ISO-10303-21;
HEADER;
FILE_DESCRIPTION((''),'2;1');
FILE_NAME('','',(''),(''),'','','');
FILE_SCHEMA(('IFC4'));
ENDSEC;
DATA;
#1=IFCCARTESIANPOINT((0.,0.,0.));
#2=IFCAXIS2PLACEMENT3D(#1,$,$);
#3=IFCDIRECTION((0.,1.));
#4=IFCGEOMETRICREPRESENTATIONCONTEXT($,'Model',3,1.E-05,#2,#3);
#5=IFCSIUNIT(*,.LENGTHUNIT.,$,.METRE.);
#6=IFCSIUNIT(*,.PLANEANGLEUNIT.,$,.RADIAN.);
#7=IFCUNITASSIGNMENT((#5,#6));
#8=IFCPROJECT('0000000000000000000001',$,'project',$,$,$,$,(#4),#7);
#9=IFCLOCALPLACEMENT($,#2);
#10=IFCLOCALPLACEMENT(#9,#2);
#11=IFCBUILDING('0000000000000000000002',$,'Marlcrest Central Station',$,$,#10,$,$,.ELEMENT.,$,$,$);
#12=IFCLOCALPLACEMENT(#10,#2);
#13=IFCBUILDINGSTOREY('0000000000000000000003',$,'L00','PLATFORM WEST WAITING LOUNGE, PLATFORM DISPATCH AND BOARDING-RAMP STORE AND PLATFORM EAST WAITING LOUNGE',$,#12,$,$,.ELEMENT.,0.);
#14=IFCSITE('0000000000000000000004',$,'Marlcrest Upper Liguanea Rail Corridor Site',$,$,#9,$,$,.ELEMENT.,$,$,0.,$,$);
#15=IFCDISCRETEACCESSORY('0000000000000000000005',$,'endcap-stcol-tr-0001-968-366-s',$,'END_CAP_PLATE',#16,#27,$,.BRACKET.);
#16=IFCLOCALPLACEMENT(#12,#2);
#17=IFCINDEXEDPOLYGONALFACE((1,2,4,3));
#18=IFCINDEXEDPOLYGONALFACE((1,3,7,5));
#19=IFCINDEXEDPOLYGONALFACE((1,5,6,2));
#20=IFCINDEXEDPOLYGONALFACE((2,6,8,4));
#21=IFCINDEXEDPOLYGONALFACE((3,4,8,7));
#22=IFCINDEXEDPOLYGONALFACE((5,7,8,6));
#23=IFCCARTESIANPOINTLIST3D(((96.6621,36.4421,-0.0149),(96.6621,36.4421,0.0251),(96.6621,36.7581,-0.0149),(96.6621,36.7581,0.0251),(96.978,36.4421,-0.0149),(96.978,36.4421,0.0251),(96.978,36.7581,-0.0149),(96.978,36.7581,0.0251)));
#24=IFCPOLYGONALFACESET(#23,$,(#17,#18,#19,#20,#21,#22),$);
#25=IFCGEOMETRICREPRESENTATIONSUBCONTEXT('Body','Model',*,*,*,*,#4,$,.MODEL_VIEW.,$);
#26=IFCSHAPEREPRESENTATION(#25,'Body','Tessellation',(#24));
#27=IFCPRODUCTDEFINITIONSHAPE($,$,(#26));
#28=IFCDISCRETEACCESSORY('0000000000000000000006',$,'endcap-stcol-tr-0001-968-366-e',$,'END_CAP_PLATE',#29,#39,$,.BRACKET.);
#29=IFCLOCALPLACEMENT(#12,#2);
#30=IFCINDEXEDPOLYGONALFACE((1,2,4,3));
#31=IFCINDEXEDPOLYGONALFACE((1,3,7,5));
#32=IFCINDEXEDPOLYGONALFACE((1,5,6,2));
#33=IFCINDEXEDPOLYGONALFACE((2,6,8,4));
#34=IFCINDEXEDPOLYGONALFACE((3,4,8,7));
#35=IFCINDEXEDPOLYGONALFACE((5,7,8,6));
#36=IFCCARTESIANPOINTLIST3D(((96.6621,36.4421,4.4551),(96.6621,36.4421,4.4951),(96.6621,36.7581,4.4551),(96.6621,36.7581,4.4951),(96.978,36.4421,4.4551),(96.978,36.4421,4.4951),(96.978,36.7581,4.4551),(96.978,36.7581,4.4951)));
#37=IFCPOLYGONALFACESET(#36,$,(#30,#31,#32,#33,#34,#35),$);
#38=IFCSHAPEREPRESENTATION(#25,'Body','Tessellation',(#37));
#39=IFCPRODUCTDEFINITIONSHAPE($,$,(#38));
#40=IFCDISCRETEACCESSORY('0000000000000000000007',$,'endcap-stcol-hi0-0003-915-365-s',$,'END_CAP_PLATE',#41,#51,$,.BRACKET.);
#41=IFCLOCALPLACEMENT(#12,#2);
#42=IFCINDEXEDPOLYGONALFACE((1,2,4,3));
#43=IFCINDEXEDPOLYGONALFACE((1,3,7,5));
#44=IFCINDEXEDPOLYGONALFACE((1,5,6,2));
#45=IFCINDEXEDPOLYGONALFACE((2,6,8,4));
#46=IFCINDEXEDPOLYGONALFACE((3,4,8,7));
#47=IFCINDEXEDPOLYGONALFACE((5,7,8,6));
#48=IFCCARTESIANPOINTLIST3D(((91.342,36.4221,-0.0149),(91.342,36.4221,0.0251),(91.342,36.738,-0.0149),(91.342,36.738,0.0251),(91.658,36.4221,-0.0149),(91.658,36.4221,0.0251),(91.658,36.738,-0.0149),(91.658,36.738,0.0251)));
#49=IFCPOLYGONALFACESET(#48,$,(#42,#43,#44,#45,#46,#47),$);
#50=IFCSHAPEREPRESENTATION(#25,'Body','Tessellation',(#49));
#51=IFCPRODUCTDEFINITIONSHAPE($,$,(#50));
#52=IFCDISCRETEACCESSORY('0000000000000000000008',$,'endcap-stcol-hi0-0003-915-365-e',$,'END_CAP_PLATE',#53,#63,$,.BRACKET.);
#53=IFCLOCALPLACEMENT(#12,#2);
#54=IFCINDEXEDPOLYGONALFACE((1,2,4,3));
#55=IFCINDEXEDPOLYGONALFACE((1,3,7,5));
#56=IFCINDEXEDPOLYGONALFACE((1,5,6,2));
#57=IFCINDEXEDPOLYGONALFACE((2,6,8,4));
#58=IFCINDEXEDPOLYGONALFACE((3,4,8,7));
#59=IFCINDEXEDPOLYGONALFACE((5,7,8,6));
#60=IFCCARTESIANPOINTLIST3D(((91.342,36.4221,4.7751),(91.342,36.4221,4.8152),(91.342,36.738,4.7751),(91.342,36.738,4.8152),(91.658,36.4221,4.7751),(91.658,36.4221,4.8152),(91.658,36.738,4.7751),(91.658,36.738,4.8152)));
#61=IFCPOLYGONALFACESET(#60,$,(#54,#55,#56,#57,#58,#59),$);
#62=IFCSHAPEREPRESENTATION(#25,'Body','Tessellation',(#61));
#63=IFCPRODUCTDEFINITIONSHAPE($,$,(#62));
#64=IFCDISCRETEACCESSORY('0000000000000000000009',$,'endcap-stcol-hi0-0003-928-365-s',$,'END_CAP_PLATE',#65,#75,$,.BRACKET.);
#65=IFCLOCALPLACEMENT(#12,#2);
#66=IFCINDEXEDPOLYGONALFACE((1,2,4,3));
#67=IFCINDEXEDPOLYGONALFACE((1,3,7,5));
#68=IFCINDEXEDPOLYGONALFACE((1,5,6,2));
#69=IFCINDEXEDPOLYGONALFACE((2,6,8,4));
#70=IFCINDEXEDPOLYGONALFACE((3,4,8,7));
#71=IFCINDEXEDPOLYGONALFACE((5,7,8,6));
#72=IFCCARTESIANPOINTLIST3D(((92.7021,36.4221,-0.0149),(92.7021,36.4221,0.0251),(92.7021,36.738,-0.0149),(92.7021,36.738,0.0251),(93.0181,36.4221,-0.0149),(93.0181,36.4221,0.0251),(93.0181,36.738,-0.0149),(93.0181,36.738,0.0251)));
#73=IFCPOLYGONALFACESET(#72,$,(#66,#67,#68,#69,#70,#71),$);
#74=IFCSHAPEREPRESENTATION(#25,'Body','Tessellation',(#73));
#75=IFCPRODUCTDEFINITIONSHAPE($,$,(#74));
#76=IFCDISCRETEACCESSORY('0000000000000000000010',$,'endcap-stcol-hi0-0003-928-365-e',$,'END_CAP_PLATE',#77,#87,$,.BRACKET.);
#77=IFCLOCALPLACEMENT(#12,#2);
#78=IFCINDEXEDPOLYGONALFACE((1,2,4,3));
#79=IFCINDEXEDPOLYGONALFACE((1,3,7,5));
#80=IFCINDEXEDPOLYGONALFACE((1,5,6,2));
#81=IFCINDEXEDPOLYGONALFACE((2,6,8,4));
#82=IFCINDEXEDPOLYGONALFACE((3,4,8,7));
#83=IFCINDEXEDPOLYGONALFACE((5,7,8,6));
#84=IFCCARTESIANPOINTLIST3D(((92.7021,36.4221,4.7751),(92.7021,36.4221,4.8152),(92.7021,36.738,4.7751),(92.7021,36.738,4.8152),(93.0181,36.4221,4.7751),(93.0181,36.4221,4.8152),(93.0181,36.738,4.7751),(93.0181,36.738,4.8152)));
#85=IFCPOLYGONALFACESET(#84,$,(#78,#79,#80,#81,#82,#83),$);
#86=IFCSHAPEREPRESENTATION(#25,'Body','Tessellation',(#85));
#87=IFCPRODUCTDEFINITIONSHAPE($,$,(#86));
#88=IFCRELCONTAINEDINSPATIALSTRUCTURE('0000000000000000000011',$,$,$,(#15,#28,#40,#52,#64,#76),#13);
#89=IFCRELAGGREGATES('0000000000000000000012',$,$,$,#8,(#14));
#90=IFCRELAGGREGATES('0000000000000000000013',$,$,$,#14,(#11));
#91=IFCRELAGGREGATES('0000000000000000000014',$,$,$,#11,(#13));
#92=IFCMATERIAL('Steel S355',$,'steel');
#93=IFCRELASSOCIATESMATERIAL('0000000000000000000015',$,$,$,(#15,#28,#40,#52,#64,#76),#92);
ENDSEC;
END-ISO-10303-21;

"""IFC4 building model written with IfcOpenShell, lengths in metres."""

from ifc_helpers import new_model, si_unit, direction, frame, origin, origin_2d, place, context, subcontext, project, spatial, rectangle, extrude, material, element, save


model = new_model("IFC4")

# Units and contexts
model_context = context("Model", 3, precision=1e-05, world=origin(), true_north=direction((0.0, 1.0)))
body_context = subcontext(model_context, "Body", "Model", "MODEL_VIEW")
ifc_project = project(units=[si_unit("LENGTHUNIT", "METRE"), si_unit("PLANEANGLEUNIT", "RADIAN")], contexts=[model_context])

# Site, building, storey
site_placement = place(None, origin())
site = spatial("IfcSite", under=ifc_project, at=site_placement, Name="Marlcrest Upper Liguanea Rail Corridor Site", CompositionType="ELEMENT", RefElevation=0.0)
building_placement = place(site_placement, origin())
building = spatial("IfcBuilding", under=site, at=building_placement, Name="Marlcrest Central Station", CompositionType="ELEMENT")
storey_placement = place(building_placement, origin())
storey = spatial("IfcBuildingStorey", under=building, at=storey_placement, Name="L00", Description="PLATFORM WEST WAITING LOUNGE, PLATFORM DISPATCH AND BOARDING-RAMP STORE AND PLATFORM EAST WAITING LOUNGE", CompositionType="ELEMENT", Elevation=0.0)

# Shared definitions
ifc_material_1 = material(Name="Steel S355", Category="steel")

# Discrete accessories
for number, where, z_axis, x_axis, name in (
    (1, (96.8201, 36.6001, -0.0149), (0.0, 0.0, 1.0), (1.0, 0.0, 0.0), "endcap-stcol-tr-0001-968-366-s"),
    (2, (96.8201, 36.6001, 4.4551), (0.0, 0.0, 1.0), (1.0, 0.0, 0.0), "endcap-stcol-tr-0001-968-366-e"),
    (3, (91.5, 36.5801, -0.0149), (0.0, 0.0, 1.0), (1.0, 0.0, 0.0), "endcap-stcol-hi0-0003-915-365-s"),
    (4, (91.5, 36.5801, 4.7751), (0.0, 0.0, 1.0), (1.0, 0.0, 0.0), "endcap-stcol-hi0-0003-915-365-e"),
    (5, (92.8601, 36.5801, -0.0149), (0.0, 0.0, 1.0), (1.0, 0.0, 0.0), "endcap-stcol-hi0-0003-928-365-s"),
    (6, (92.8601, 36.5801, 4.7751), (0.0, 0.0, 1.0), (1.0, 0.0, 0.0), "endcap-stcol-hi0-0003-928-365-e"),
):
    element("IfcDiscreteAccessory", number, at=place(storey_placement, frame(where, z_axis=z_axis, x_axis=x_axis)), inside=storey, material=ifc_material_1, Name=name, ObjectType="END_CAP_PLATE", PredefinedType="BRACKET", context=body_context, shape_type="SweptSolid", body=[
        extrude(rectangle(XDim=0.3159, YDim=0.3159, at=origin_2d()), origin(), (0.0, 0.0, 1.0), 0.04),
    ])

save(model, "model.ifc")
